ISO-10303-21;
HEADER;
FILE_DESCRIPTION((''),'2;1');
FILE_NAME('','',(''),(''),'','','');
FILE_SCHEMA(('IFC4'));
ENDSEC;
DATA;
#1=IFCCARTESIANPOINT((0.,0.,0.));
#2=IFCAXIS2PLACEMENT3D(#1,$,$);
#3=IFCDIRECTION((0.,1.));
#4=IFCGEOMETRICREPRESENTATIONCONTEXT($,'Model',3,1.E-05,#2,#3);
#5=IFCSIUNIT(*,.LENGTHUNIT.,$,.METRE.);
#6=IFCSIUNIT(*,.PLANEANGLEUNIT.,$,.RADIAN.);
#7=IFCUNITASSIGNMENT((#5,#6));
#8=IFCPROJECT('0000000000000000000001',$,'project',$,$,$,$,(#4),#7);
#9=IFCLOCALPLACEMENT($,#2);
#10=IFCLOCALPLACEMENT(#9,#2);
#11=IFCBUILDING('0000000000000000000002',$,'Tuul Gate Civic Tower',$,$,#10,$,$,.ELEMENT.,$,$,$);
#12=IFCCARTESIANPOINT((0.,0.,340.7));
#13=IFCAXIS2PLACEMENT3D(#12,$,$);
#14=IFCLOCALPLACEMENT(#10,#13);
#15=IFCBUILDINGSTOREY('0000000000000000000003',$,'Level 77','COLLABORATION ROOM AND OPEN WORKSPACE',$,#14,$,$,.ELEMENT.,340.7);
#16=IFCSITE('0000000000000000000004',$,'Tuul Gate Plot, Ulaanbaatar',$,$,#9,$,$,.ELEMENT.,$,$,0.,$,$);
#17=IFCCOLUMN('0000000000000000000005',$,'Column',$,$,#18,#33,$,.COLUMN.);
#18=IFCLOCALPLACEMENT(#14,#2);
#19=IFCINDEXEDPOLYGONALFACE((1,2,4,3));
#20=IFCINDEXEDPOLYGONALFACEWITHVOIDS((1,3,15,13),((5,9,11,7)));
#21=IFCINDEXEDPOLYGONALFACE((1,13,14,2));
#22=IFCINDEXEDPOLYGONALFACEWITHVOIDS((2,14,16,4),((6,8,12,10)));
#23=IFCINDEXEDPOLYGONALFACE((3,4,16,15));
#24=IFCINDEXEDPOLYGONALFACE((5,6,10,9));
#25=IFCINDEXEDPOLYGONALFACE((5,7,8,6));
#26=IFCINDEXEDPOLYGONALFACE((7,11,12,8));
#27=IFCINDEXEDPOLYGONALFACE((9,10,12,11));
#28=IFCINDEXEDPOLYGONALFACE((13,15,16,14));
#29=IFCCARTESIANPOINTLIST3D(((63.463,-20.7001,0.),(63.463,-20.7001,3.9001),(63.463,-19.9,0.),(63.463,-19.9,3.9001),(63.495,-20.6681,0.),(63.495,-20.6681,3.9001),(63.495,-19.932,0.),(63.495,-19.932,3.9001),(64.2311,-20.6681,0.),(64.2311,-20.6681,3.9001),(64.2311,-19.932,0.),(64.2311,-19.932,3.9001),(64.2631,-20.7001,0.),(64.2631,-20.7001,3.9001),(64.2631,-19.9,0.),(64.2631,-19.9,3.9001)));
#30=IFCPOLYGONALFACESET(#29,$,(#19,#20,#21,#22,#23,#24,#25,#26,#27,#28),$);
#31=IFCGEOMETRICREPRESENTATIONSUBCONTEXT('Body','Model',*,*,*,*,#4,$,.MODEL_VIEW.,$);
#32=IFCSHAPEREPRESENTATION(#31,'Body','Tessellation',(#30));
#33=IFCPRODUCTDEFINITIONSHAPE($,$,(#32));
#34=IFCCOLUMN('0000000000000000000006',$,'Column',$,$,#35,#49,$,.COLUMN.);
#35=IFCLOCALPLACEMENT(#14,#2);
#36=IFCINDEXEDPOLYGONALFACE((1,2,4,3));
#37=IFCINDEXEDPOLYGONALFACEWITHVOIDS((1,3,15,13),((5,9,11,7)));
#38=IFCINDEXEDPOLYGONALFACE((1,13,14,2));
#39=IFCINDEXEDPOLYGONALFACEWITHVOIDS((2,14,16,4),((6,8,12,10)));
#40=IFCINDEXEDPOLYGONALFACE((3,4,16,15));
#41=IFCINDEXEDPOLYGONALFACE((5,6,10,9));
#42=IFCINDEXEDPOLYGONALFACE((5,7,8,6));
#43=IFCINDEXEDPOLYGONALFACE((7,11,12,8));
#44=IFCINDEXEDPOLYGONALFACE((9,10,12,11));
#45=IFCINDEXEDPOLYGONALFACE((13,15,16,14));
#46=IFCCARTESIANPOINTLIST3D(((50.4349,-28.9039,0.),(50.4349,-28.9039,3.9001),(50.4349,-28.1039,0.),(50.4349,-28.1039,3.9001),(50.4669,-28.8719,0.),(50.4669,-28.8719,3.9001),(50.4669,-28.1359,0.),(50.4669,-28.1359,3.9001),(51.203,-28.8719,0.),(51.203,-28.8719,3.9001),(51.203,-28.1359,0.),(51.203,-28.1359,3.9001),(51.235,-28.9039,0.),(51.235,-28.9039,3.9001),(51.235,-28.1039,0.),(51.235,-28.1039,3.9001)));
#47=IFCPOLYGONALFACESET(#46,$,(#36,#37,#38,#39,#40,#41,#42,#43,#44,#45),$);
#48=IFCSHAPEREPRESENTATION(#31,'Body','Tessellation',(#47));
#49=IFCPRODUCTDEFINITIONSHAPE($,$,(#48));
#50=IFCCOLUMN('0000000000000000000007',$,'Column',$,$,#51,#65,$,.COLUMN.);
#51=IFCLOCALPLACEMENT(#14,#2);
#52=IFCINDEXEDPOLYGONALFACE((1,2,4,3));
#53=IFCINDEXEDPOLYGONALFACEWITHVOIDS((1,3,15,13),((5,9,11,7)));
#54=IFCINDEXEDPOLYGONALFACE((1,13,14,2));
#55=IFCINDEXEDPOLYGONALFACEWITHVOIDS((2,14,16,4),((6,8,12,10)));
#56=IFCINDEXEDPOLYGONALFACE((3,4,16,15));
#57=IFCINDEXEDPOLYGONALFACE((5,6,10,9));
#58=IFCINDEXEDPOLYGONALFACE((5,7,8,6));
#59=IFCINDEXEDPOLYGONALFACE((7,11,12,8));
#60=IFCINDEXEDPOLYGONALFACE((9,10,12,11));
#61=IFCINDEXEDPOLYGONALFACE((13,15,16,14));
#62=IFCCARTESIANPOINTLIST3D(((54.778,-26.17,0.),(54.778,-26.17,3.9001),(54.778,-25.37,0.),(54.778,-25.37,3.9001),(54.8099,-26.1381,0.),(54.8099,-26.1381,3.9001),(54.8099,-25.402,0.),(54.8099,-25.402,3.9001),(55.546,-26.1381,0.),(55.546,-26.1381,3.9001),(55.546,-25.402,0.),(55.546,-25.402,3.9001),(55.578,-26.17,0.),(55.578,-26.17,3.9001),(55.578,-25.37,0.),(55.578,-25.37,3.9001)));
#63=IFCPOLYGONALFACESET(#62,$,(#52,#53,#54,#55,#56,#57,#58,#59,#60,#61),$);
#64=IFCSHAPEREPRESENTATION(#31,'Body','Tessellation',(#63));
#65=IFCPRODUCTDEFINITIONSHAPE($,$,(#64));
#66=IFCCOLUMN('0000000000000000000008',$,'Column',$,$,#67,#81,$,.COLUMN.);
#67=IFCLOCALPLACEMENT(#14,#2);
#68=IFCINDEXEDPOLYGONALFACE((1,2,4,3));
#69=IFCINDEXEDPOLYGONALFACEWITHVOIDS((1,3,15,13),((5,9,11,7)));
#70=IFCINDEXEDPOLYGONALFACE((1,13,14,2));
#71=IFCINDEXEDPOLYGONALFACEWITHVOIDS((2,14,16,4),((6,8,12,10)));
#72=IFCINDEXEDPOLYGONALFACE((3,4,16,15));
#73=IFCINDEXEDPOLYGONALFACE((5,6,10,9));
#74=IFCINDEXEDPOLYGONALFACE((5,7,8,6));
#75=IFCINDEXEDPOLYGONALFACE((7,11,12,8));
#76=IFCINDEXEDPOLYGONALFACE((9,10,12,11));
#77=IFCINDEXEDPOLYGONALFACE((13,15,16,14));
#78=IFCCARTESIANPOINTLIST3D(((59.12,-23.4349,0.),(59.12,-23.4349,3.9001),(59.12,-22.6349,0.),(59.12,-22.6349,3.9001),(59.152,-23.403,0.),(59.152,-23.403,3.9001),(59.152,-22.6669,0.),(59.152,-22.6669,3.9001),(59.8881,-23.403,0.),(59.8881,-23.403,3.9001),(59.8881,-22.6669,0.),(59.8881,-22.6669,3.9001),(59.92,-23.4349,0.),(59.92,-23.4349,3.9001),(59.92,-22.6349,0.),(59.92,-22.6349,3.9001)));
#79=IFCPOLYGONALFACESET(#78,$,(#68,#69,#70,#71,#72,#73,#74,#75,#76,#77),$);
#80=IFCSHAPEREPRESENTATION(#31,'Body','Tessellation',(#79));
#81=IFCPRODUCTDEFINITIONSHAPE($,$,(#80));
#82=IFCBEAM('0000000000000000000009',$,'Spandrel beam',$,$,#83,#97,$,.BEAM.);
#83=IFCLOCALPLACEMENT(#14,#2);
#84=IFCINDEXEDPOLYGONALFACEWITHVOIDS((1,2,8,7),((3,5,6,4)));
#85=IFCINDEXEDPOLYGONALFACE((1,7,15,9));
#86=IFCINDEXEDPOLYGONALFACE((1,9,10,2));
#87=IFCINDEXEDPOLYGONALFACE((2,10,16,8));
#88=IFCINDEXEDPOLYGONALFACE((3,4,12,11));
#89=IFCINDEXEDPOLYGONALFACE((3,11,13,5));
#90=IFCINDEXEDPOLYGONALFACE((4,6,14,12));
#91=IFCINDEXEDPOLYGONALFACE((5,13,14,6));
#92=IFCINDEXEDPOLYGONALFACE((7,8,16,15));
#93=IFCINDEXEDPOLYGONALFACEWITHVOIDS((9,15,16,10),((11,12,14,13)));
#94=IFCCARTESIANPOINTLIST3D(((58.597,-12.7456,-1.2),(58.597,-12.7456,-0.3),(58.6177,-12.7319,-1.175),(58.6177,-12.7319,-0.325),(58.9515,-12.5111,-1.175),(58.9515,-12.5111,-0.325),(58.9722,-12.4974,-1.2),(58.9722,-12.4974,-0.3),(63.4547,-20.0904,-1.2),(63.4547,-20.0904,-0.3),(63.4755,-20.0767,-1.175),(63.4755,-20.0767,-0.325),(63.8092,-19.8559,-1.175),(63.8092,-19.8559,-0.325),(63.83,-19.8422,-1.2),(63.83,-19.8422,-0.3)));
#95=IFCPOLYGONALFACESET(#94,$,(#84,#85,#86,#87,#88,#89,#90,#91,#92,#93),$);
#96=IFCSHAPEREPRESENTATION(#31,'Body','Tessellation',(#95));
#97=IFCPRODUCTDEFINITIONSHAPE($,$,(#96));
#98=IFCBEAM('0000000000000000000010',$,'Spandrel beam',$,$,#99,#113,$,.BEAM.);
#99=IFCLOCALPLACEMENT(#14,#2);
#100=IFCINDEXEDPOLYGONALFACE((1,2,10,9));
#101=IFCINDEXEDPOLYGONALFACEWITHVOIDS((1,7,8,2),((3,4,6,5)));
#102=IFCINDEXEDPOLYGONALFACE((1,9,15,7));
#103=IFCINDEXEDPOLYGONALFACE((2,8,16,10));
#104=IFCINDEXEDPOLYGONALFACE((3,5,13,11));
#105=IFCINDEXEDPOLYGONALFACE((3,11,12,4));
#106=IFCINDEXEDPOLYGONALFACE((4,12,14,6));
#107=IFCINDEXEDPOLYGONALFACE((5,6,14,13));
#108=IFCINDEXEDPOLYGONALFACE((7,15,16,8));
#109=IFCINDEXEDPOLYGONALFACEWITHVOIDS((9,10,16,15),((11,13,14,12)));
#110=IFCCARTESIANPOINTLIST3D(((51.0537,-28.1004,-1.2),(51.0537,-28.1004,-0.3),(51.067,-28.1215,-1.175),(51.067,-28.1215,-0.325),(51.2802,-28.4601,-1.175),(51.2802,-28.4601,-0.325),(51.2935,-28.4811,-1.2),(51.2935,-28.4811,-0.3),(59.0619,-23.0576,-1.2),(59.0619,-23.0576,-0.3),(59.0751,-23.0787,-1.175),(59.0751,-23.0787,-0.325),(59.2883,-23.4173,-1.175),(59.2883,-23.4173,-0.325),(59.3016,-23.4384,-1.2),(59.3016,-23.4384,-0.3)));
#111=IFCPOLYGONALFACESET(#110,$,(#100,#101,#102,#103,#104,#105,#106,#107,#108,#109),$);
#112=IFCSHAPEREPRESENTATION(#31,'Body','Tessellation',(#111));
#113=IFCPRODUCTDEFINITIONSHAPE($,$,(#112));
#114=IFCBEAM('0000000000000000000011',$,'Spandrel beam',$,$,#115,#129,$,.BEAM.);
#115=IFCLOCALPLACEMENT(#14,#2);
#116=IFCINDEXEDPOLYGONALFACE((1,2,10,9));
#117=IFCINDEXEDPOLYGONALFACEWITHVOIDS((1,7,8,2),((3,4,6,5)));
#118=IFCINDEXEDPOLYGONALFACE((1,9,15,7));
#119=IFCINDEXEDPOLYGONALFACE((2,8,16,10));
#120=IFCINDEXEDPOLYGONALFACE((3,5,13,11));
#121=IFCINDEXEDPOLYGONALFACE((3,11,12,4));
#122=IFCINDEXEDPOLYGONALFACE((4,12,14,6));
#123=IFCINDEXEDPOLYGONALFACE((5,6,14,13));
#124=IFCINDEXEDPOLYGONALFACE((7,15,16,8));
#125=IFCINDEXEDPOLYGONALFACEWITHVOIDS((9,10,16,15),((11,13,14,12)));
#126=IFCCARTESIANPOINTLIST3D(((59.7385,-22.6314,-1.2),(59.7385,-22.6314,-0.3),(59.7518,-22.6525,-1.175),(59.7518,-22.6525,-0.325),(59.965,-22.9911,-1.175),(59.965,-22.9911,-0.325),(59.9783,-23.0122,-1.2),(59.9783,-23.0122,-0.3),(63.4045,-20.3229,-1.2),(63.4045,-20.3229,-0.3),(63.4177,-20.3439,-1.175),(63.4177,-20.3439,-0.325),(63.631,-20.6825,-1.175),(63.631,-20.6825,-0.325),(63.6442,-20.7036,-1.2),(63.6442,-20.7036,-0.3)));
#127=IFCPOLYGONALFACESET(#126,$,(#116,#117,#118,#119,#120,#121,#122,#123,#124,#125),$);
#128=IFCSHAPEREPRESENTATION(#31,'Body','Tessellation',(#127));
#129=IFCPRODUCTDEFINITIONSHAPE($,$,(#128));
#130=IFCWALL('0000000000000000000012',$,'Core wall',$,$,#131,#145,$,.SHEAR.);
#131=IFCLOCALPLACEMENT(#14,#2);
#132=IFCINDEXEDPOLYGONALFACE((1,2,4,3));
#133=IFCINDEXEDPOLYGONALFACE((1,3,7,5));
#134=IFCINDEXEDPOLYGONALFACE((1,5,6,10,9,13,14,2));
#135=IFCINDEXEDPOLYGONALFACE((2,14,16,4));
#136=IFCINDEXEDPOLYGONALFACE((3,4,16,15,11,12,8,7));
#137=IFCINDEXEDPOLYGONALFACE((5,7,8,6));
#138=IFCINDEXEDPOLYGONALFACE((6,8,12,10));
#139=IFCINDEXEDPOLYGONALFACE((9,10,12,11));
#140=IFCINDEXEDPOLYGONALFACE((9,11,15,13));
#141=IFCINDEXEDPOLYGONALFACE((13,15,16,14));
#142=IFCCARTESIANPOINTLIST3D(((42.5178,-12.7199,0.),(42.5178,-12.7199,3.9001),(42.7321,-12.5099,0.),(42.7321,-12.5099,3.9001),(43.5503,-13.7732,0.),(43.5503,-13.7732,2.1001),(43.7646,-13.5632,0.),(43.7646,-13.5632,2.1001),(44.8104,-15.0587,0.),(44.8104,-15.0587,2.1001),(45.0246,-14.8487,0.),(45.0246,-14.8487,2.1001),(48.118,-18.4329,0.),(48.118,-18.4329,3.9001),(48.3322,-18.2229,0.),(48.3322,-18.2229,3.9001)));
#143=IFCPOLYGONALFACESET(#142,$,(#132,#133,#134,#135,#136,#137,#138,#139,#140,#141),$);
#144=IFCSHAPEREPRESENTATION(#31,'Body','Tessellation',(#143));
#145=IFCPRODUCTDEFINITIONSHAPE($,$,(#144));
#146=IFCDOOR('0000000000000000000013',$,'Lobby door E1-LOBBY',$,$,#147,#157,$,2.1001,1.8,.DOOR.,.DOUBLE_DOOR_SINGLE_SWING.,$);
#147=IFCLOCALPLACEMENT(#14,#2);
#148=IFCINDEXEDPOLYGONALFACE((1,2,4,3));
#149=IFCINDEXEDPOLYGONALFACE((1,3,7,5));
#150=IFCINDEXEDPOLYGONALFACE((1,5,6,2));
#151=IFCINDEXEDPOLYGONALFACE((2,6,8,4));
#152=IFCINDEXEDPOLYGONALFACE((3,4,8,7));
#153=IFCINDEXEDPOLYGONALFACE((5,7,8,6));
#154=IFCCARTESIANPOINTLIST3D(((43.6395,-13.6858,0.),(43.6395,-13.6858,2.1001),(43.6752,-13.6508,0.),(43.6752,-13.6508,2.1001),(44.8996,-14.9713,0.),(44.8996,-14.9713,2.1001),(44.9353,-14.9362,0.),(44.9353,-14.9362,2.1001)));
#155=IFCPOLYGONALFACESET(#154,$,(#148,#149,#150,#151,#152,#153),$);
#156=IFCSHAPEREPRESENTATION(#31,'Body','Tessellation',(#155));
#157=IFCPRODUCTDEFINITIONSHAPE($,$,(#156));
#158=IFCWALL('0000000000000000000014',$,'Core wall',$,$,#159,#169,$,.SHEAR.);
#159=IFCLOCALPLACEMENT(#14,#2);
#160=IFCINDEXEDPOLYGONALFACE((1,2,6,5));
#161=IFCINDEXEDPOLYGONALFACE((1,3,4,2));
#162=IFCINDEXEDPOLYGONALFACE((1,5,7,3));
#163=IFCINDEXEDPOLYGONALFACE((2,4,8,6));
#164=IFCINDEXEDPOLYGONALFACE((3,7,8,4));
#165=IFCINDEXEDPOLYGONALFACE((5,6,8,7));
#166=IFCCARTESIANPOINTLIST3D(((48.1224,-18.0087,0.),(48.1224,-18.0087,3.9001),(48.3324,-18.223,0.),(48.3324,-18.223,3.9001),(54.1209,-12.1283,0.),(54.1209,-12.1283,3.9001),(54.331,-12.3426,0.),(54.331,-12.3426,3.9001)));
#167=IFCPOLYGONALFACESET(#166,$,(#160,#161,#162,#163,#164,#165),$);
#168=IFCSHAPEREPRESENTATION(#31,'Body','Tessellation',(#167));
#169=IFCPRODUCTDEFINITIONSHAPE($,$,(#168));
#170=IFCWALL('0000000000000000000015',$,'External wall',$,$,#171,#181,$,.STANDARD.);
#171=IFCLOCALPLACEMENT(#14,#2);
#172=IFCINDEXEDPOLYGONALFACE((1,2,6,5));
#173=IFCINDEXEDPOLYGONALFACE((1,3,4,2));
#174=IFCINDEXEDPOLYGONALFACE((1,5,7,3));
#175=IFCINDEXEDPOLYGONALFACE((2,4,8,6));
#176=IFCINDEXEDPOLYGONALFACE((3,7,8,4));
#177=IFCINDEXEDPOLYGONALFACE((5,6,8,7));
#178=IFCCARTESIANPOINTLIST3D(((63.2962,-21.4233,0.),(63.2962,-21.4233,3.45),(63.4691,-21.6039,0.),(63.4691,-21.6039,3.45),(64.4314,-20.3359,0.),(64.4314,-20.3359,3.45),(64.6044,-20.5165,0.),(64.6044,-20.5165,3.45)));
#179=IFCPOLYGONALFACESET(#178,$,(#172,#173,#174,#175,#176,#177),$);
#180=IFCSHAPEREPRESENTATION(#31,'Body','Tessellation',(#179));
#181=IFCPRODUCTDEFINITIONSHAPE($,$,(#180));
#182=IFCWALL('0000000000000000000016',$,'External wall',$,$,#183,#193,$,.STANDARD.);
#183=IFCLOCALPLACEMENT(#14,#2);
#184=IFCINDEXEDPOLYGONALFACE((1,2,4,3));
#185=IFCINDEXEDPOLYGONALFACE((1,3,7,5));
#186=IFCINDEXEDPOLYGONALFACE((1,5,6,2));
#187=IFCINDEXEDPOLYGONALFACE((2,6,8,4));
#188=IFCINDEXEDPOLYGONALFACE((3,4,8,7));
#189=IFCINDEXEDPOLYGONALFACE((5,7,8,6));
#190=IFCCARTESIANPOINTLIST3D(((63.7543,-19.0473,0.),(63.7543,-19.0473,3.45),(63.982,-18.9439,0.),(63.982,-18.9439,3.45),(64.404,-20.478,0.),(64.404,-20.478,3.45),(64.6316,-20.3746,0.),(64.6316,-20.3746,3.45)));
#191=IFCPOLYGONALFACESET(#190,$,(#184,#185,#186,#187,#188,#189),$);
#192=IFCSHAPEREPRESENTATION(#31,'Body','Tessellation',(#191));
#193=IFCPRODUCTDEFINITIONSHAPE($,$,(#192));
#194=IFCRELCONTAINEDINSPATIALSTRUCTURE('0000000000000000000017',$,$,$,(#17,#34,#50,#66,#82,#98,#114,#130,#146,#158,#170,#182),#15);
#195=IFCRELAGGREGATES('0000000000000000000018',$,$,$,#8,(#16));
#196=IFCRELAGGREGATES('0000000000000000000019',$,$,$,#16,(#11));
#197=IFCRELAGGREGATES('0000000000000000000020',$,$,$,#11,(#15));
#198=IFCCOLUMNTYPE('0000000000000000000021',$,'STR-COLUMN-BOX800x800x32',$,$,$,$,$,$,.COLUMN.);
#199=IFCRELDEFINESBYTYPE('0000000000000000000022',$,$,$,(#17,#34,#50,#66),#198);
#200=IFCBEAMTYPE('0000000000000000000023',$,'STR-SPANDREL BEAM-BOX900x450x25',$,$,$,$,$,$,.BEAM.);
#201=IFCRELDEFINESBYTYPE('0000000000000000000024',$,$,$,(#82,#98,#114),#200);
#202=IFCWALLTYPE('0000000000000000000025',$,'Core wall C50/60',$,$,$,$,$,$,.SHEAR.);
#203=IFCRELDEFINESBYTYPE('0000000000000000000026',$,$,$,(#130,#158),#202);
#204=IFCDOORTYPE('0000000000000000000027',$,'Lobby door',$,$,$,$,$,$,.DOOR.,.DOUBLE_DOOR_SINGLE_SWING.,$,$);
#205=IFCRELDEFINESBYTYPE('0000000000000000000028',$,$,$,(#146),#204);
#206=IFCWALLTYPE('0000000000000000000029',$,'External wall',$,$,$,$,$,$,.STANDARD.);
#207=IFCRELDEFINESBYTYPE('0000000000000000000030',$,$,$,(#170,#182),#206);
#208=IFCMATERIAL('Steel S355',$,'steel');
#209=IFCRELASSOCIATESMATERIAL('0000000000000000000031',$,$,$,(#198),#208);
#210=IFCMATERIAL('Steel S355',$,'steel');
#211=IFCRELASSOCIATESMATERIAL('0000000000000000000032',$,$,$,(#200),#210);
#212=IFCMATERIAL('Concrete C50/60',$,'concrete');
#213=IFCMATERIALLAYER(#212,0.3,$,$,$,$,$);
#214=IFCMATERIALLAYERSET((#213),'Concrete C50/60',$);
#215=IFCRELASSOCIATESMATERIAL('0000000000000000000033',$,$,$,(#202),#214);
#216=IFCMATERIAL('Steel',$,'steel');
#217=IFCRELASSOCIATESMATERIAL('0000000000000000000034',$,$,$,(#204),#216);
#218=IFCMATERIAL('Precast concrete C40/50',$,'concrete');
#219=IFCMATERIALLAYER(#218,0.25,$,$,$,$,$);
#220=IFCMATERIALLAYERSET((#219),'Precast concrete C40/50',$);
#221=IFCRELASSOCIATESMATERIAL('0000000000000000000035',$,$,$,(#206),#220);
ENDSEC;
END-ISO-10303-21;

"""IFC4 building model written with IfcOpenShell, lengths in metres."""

from ifc_helpers import new_model, si_unit, direction, frame, frame_2d, origin, origin_2d, place, context, subcontext, project, spatial, rectangle, hollow_rectangle, extrude, material, layer, layer_set, material_profile, profile_set, type_object, element, fill, save


model = new_model("IFC4")

# Units and contexts
model_context = context("Model", 3, precision=1e-05, world=origin(), true_north=direction((0.0, 1.0)))
body_context = subcontext(model_context, "Body", "Model", "MODEL_VIEW")
ifc_project = project(units=[si_unit("LENGTHUNIT", "METRE"), si_unit("PLANEANGLEUNIT", "RADIAN")], contexts=[model_context])

# Site, building, storey
site_placement = place(None, origin())
site = spatial("IfcSite", under=ifc_project, at=site_placement, Name="Tuul Gate Plot, Ulaanbaatar", CompositionType="ELEMENT", RefElevation=0.0)
building_placement = place(site_placement, origin())
building = spatial("IfcBuilding", under=site, at=building_placement, Name="Tuul Gate Civic Tower", CompositionType="ELEMENT")
storey_placement = place(building_placement, frame((0.0, 0.0, 340.7)))
storey = spatial("IfcBuildingStorey", under=building, at=storey_placement, Name="Level 77", Description="COLLABORATION ROOM AND OPEN WORKSPACE", CompositionType="ELEMENT", Elevation=340.7)

# Columns
ifc_material_1 = material(Name="Steel S355", Category="steel")
ifc_material_profile_1 = material_profile(ifc_material_1, hollow_rectangle(XDim=0.8, YDim=0.8, WallThickness=0.032, at=origin_2d()), Name="BOX800x800x32")
ifc_profile_set_1 = profile_set([ifc_material_profile_1], Name="Steel S355")
column_type = type_object("IfcColumnType", Name="STR-COLUMN-BOX800x800x32", PredefinedType="COLUMN", material=ifc_profile_set_1)
for number, where, z_axis, x_axis, name in (
    (1, (63.863, -20.3, 0.0), (0.0, 0.0, 1.0), (1.0, 0.0, 0.0), "Column"),
    (2, (50.835, -28.5039, 0.0), (0.0, 0.0, 1.0), (1.0, 0.0, 0.0), "Column"),
    (3, (55.178, -25.77, 0.0), (0.0, 0.0, 1.0), (1.0, 0.0, 0.0), "Column"),
    (4, (59.52, -23.0349, 0.0), (0.0, 0.0, 1.0), (1.0, 0.0, 0.0), "Column"),
):
    element("IfcColumn", number, at=place(storey_placement, frame(where, z_axis=z_axis, x_axis=x_axis)), inside=storey, type_object=column_type, Name=name, PredefinedType="COLUMN", context=body_context, shape_type="SweptSolid", body=[
        extrude(hollow_rectangle(XDim=0.8, YDim=0.8, WallThickness=0.032, at=origin_2d()), origin(), (0.0, 0.0, 1.0), 3.9001),
    ])

# Beams
ifc_material_2 = material(Name="Steel S355", Category="steel")
ifc_material_profile_2 = material_profile(ifc_material_2, hollow_rectangle(XDim=0.45, YDim=0.8999, WallThickness=0.0249, at=origin_2d()), Name="BOX900x450x25")
ifc_profile_set_2 = profile_set([ifc_material_profile_2], Name="Steel S355")
beam_type = type_object("IfcBeamType", Name="STR-SPANDREL BEAM-BOX900x450x25", PredefinedType="BEAM", material=ifc_profile_set_2)
beam_1_placement = place(storey_placement, frame((63.6423, -19.9663, -0.75), z_axis=(-0.551645, 0.834079, 0.0), x_axis=(-0.834079, -0.551645, 0.0)))
element("IfcBeam", 5, at=beam_1_placement, inside=storey, type_object=beam_type, Name="Spandrel beam", PredefinedType="BEAM", context=body_context, shape_type="SweptSolid", body=[
    extrude(hollow_rectangle(XDim=0.45, YDim=0.8999, WallThickness=0.0249, at=origin_2d()), origin(), (0.0, 0.0, 1.0), 8.8059),
])
beam_2_placement = place(storey_placement, frame((51.1736, -28.2908, -0.75), z_axis=(0.846204, 0.53286, 0.0), x_axis=(-0.53286, 0.846204, 0.0)))
element("IfcBeam", 6, at=beam_2_placement, inside=storey, type_object=beam_type, Name="Spandrel beam", PredefinedType="BEAM", context=body_context, shape_type="SweptSolid", body=[
    extrude(hollow_rectangle(XDim=0.45, YDim=0.8999, WallThickness=0.0249, at=origin_2d()), origin(), (0.0, 0.0, 1.0), 9.4636),
])
beam_3_placement = place(storey_placement, frame((59.8584, -22.8218, -0.75), z_axis=(0.846195, 0.532873, 0.0), x_axis=(-0.532873, 0.846195, 0.0)))
element("IfcBeam", 7, at=beam_3_placement, inside=storey, type_object=beam_type, Name="Spandrel beam", PredefinedType="BEAM", context=body_context, shape_type="SweptSolid", body=[
    extrude(hollow_rectangle(XDim=0.45, YDim=0.8999, WallThickness=0.0249, at=origin_2d()), origin(), (0.0, 0.0, 1.0), 4.3323),
])

# Wall, opening, door
ifc_material_3 = material(Name="Concrete C50/60", Category="concrete")
ifc_layer_1 = layer(ifc_material_3, 0.3)
ifc_layer_set_1 = layer_set([ifc_layer_1], Name="Concrete C50/60")
wall_type_1 = type_object("IfcWallType", Name="Core wall C50/60", PredefinedType="SHEAR", material=ifc_layer_set_1)
wall_1_placement = place(storey_placement, frame((48.2251, -18.3279, 0.0), z_axis=(0.0, 0.0, 1.0), x_axis=(-0.700022, 0.714121, 0.0)))
wall_1 = element("IfcWall", 8, at=wall_1_placement, inside=storey, type_object=wall_type_1, Name="Core wall", PredefinedType="SHEAR", context=body_context, shape_type="SweptSolid", body=[
    extrude(rectangle(XDim=8.0, YDim=0.3, at=frame_2d((4.0, 0.0))), origin(), (0.0, 0.0, 1.0), 3.9001),
])
opening_1_placement = place(wall_1_placement, frame((4.7251, 0.0, 0.0)))
opening_1 = element("IfcOpeningElement", 9, at=opening_1_placement, cuts=wall_1, PredefinedType="OPENING", context=body_context, shape_type="SweptSolid", body=[
    extrude(rectangle(XDim=1.8, YDim=2.1001, at=frame_2d((0.8999, 1.05))), frame((0.0, 0.1602, 0.0), z_axis=(0.0, -1.0, 0.0), x_axis=(1.0, 0.0, 0.0)), (0.0, 0.0, 1.0), 0.3201),
])
ifc_material_4 = material(Name="Steel", Category="steel")
door_type = type_object("IfcDoorType", Name="Lobby door", OperationType="DOUBLE_DOOR_SINGLE_SWING", PredefinedType="DOOR", material=ifc_material_4)
door_placement = place(opening_1_placement, frame((1.8, 0.0, 0.0), z_axis=(0.0, 0.0, 1.0), x_axis=(-1.0, 0.0, 0.0)))
door = element("IfcDoor", 10, at=door_placement, inside=storey, type_object=door_type, Name="Lobby door E1-LOBBY", OperationType="DOUBLE_DOOR_SINGLE_SWING", OverallHeight=2.1001, OverallWidth=1.8, PredefinedType="DOOR", context=body_context, shape_type="SweptSolid", body=[
    extrude(rectangle(XDim=1.8, YDim=2.1001, at=frame_2d((0.9001, 1.05))), frame((0.0, 0.0249, 0.0), z_axis=(0.0, -1.0, 0.0), x_axis=(1.0, 0.0, 0.0)), (0.0, 0.0, 1.0), 0.05),
])
fill(opening_1, door)

# Walls
wall_2_placement = place(storey_placement, frame((48.2273, -18.116, 0.0), z_axis=(0.0, 0.0, 1.0), x_axis=(0.714105, 0.700038, 0.0)))
element("IfcWall", 11, at=wall_2_placement, inside=storey, type_object=wall_type_1, Name="Core wall", PredefinedType="SHEAR", context=body_context, shape_type="SweptSolid", body=[
    extrude(rectangle(XDim=8.4001, YDim=0.3, at=frame_2d((4.2002, 0.0))), origin(), (0.0, 0.0, 1.0), 3.9001),
])
ifc_material_5 = material(Name="Precast concrete C40/50", Category="concrete")
ifc_layer_2 = layer(ifc_material_5, 0.25)
ifc_layer_set_2 = layer_set([ifc_layer_2], Name="Precast concrete C40/50")
wall_type_2 = type_object("IfcWallType", Name="External wall", PredefinedType="STANDARD", material=ifc_layer_set_2)
wall_3_placement = place(storey_placement, frame((63.3826, -21.5137, 0.0), z_axis=(0.0, 0.0, 1.0), x_axis=(0.722163, 0.691723, 0.0)))
element("IfcWall", 12, at=wall_3_placement, inside=storey, type_object=wall_type_2, Name="External wall", PredefinedType="STANDARD", context=body_context, shape_type="SweptSolid", body=[
    extrude(rectangle(XDim=1.572, YDim=0.25, at=frame_2d((0.7861, 0.0))), origin(), (0.0, 0.0, 1.0), 3.45),
])
wall_4_placement = place(storey_placement, frame((64.5178, -20.4263, 0.0), z_axis=(0.0, 0.0, 1.0), x_axis=(-0.413463, 0.910521, 0.0)))
element("IfcWall", 13, at=wall_4_placement, inside=storey, type_object=wall_type_2, Name="External wall", PredefinedType="STANDARD", context=body_context, shape_type="SweptSolid", body=[
    extrude(rectangle(XDim=1.5713, YDim=0.25, at=frame_2d((0.7856, 0.0))), origin(), (0.0, 0.0, 1.0), 3.45),
])

save(model, "model.ifc")
